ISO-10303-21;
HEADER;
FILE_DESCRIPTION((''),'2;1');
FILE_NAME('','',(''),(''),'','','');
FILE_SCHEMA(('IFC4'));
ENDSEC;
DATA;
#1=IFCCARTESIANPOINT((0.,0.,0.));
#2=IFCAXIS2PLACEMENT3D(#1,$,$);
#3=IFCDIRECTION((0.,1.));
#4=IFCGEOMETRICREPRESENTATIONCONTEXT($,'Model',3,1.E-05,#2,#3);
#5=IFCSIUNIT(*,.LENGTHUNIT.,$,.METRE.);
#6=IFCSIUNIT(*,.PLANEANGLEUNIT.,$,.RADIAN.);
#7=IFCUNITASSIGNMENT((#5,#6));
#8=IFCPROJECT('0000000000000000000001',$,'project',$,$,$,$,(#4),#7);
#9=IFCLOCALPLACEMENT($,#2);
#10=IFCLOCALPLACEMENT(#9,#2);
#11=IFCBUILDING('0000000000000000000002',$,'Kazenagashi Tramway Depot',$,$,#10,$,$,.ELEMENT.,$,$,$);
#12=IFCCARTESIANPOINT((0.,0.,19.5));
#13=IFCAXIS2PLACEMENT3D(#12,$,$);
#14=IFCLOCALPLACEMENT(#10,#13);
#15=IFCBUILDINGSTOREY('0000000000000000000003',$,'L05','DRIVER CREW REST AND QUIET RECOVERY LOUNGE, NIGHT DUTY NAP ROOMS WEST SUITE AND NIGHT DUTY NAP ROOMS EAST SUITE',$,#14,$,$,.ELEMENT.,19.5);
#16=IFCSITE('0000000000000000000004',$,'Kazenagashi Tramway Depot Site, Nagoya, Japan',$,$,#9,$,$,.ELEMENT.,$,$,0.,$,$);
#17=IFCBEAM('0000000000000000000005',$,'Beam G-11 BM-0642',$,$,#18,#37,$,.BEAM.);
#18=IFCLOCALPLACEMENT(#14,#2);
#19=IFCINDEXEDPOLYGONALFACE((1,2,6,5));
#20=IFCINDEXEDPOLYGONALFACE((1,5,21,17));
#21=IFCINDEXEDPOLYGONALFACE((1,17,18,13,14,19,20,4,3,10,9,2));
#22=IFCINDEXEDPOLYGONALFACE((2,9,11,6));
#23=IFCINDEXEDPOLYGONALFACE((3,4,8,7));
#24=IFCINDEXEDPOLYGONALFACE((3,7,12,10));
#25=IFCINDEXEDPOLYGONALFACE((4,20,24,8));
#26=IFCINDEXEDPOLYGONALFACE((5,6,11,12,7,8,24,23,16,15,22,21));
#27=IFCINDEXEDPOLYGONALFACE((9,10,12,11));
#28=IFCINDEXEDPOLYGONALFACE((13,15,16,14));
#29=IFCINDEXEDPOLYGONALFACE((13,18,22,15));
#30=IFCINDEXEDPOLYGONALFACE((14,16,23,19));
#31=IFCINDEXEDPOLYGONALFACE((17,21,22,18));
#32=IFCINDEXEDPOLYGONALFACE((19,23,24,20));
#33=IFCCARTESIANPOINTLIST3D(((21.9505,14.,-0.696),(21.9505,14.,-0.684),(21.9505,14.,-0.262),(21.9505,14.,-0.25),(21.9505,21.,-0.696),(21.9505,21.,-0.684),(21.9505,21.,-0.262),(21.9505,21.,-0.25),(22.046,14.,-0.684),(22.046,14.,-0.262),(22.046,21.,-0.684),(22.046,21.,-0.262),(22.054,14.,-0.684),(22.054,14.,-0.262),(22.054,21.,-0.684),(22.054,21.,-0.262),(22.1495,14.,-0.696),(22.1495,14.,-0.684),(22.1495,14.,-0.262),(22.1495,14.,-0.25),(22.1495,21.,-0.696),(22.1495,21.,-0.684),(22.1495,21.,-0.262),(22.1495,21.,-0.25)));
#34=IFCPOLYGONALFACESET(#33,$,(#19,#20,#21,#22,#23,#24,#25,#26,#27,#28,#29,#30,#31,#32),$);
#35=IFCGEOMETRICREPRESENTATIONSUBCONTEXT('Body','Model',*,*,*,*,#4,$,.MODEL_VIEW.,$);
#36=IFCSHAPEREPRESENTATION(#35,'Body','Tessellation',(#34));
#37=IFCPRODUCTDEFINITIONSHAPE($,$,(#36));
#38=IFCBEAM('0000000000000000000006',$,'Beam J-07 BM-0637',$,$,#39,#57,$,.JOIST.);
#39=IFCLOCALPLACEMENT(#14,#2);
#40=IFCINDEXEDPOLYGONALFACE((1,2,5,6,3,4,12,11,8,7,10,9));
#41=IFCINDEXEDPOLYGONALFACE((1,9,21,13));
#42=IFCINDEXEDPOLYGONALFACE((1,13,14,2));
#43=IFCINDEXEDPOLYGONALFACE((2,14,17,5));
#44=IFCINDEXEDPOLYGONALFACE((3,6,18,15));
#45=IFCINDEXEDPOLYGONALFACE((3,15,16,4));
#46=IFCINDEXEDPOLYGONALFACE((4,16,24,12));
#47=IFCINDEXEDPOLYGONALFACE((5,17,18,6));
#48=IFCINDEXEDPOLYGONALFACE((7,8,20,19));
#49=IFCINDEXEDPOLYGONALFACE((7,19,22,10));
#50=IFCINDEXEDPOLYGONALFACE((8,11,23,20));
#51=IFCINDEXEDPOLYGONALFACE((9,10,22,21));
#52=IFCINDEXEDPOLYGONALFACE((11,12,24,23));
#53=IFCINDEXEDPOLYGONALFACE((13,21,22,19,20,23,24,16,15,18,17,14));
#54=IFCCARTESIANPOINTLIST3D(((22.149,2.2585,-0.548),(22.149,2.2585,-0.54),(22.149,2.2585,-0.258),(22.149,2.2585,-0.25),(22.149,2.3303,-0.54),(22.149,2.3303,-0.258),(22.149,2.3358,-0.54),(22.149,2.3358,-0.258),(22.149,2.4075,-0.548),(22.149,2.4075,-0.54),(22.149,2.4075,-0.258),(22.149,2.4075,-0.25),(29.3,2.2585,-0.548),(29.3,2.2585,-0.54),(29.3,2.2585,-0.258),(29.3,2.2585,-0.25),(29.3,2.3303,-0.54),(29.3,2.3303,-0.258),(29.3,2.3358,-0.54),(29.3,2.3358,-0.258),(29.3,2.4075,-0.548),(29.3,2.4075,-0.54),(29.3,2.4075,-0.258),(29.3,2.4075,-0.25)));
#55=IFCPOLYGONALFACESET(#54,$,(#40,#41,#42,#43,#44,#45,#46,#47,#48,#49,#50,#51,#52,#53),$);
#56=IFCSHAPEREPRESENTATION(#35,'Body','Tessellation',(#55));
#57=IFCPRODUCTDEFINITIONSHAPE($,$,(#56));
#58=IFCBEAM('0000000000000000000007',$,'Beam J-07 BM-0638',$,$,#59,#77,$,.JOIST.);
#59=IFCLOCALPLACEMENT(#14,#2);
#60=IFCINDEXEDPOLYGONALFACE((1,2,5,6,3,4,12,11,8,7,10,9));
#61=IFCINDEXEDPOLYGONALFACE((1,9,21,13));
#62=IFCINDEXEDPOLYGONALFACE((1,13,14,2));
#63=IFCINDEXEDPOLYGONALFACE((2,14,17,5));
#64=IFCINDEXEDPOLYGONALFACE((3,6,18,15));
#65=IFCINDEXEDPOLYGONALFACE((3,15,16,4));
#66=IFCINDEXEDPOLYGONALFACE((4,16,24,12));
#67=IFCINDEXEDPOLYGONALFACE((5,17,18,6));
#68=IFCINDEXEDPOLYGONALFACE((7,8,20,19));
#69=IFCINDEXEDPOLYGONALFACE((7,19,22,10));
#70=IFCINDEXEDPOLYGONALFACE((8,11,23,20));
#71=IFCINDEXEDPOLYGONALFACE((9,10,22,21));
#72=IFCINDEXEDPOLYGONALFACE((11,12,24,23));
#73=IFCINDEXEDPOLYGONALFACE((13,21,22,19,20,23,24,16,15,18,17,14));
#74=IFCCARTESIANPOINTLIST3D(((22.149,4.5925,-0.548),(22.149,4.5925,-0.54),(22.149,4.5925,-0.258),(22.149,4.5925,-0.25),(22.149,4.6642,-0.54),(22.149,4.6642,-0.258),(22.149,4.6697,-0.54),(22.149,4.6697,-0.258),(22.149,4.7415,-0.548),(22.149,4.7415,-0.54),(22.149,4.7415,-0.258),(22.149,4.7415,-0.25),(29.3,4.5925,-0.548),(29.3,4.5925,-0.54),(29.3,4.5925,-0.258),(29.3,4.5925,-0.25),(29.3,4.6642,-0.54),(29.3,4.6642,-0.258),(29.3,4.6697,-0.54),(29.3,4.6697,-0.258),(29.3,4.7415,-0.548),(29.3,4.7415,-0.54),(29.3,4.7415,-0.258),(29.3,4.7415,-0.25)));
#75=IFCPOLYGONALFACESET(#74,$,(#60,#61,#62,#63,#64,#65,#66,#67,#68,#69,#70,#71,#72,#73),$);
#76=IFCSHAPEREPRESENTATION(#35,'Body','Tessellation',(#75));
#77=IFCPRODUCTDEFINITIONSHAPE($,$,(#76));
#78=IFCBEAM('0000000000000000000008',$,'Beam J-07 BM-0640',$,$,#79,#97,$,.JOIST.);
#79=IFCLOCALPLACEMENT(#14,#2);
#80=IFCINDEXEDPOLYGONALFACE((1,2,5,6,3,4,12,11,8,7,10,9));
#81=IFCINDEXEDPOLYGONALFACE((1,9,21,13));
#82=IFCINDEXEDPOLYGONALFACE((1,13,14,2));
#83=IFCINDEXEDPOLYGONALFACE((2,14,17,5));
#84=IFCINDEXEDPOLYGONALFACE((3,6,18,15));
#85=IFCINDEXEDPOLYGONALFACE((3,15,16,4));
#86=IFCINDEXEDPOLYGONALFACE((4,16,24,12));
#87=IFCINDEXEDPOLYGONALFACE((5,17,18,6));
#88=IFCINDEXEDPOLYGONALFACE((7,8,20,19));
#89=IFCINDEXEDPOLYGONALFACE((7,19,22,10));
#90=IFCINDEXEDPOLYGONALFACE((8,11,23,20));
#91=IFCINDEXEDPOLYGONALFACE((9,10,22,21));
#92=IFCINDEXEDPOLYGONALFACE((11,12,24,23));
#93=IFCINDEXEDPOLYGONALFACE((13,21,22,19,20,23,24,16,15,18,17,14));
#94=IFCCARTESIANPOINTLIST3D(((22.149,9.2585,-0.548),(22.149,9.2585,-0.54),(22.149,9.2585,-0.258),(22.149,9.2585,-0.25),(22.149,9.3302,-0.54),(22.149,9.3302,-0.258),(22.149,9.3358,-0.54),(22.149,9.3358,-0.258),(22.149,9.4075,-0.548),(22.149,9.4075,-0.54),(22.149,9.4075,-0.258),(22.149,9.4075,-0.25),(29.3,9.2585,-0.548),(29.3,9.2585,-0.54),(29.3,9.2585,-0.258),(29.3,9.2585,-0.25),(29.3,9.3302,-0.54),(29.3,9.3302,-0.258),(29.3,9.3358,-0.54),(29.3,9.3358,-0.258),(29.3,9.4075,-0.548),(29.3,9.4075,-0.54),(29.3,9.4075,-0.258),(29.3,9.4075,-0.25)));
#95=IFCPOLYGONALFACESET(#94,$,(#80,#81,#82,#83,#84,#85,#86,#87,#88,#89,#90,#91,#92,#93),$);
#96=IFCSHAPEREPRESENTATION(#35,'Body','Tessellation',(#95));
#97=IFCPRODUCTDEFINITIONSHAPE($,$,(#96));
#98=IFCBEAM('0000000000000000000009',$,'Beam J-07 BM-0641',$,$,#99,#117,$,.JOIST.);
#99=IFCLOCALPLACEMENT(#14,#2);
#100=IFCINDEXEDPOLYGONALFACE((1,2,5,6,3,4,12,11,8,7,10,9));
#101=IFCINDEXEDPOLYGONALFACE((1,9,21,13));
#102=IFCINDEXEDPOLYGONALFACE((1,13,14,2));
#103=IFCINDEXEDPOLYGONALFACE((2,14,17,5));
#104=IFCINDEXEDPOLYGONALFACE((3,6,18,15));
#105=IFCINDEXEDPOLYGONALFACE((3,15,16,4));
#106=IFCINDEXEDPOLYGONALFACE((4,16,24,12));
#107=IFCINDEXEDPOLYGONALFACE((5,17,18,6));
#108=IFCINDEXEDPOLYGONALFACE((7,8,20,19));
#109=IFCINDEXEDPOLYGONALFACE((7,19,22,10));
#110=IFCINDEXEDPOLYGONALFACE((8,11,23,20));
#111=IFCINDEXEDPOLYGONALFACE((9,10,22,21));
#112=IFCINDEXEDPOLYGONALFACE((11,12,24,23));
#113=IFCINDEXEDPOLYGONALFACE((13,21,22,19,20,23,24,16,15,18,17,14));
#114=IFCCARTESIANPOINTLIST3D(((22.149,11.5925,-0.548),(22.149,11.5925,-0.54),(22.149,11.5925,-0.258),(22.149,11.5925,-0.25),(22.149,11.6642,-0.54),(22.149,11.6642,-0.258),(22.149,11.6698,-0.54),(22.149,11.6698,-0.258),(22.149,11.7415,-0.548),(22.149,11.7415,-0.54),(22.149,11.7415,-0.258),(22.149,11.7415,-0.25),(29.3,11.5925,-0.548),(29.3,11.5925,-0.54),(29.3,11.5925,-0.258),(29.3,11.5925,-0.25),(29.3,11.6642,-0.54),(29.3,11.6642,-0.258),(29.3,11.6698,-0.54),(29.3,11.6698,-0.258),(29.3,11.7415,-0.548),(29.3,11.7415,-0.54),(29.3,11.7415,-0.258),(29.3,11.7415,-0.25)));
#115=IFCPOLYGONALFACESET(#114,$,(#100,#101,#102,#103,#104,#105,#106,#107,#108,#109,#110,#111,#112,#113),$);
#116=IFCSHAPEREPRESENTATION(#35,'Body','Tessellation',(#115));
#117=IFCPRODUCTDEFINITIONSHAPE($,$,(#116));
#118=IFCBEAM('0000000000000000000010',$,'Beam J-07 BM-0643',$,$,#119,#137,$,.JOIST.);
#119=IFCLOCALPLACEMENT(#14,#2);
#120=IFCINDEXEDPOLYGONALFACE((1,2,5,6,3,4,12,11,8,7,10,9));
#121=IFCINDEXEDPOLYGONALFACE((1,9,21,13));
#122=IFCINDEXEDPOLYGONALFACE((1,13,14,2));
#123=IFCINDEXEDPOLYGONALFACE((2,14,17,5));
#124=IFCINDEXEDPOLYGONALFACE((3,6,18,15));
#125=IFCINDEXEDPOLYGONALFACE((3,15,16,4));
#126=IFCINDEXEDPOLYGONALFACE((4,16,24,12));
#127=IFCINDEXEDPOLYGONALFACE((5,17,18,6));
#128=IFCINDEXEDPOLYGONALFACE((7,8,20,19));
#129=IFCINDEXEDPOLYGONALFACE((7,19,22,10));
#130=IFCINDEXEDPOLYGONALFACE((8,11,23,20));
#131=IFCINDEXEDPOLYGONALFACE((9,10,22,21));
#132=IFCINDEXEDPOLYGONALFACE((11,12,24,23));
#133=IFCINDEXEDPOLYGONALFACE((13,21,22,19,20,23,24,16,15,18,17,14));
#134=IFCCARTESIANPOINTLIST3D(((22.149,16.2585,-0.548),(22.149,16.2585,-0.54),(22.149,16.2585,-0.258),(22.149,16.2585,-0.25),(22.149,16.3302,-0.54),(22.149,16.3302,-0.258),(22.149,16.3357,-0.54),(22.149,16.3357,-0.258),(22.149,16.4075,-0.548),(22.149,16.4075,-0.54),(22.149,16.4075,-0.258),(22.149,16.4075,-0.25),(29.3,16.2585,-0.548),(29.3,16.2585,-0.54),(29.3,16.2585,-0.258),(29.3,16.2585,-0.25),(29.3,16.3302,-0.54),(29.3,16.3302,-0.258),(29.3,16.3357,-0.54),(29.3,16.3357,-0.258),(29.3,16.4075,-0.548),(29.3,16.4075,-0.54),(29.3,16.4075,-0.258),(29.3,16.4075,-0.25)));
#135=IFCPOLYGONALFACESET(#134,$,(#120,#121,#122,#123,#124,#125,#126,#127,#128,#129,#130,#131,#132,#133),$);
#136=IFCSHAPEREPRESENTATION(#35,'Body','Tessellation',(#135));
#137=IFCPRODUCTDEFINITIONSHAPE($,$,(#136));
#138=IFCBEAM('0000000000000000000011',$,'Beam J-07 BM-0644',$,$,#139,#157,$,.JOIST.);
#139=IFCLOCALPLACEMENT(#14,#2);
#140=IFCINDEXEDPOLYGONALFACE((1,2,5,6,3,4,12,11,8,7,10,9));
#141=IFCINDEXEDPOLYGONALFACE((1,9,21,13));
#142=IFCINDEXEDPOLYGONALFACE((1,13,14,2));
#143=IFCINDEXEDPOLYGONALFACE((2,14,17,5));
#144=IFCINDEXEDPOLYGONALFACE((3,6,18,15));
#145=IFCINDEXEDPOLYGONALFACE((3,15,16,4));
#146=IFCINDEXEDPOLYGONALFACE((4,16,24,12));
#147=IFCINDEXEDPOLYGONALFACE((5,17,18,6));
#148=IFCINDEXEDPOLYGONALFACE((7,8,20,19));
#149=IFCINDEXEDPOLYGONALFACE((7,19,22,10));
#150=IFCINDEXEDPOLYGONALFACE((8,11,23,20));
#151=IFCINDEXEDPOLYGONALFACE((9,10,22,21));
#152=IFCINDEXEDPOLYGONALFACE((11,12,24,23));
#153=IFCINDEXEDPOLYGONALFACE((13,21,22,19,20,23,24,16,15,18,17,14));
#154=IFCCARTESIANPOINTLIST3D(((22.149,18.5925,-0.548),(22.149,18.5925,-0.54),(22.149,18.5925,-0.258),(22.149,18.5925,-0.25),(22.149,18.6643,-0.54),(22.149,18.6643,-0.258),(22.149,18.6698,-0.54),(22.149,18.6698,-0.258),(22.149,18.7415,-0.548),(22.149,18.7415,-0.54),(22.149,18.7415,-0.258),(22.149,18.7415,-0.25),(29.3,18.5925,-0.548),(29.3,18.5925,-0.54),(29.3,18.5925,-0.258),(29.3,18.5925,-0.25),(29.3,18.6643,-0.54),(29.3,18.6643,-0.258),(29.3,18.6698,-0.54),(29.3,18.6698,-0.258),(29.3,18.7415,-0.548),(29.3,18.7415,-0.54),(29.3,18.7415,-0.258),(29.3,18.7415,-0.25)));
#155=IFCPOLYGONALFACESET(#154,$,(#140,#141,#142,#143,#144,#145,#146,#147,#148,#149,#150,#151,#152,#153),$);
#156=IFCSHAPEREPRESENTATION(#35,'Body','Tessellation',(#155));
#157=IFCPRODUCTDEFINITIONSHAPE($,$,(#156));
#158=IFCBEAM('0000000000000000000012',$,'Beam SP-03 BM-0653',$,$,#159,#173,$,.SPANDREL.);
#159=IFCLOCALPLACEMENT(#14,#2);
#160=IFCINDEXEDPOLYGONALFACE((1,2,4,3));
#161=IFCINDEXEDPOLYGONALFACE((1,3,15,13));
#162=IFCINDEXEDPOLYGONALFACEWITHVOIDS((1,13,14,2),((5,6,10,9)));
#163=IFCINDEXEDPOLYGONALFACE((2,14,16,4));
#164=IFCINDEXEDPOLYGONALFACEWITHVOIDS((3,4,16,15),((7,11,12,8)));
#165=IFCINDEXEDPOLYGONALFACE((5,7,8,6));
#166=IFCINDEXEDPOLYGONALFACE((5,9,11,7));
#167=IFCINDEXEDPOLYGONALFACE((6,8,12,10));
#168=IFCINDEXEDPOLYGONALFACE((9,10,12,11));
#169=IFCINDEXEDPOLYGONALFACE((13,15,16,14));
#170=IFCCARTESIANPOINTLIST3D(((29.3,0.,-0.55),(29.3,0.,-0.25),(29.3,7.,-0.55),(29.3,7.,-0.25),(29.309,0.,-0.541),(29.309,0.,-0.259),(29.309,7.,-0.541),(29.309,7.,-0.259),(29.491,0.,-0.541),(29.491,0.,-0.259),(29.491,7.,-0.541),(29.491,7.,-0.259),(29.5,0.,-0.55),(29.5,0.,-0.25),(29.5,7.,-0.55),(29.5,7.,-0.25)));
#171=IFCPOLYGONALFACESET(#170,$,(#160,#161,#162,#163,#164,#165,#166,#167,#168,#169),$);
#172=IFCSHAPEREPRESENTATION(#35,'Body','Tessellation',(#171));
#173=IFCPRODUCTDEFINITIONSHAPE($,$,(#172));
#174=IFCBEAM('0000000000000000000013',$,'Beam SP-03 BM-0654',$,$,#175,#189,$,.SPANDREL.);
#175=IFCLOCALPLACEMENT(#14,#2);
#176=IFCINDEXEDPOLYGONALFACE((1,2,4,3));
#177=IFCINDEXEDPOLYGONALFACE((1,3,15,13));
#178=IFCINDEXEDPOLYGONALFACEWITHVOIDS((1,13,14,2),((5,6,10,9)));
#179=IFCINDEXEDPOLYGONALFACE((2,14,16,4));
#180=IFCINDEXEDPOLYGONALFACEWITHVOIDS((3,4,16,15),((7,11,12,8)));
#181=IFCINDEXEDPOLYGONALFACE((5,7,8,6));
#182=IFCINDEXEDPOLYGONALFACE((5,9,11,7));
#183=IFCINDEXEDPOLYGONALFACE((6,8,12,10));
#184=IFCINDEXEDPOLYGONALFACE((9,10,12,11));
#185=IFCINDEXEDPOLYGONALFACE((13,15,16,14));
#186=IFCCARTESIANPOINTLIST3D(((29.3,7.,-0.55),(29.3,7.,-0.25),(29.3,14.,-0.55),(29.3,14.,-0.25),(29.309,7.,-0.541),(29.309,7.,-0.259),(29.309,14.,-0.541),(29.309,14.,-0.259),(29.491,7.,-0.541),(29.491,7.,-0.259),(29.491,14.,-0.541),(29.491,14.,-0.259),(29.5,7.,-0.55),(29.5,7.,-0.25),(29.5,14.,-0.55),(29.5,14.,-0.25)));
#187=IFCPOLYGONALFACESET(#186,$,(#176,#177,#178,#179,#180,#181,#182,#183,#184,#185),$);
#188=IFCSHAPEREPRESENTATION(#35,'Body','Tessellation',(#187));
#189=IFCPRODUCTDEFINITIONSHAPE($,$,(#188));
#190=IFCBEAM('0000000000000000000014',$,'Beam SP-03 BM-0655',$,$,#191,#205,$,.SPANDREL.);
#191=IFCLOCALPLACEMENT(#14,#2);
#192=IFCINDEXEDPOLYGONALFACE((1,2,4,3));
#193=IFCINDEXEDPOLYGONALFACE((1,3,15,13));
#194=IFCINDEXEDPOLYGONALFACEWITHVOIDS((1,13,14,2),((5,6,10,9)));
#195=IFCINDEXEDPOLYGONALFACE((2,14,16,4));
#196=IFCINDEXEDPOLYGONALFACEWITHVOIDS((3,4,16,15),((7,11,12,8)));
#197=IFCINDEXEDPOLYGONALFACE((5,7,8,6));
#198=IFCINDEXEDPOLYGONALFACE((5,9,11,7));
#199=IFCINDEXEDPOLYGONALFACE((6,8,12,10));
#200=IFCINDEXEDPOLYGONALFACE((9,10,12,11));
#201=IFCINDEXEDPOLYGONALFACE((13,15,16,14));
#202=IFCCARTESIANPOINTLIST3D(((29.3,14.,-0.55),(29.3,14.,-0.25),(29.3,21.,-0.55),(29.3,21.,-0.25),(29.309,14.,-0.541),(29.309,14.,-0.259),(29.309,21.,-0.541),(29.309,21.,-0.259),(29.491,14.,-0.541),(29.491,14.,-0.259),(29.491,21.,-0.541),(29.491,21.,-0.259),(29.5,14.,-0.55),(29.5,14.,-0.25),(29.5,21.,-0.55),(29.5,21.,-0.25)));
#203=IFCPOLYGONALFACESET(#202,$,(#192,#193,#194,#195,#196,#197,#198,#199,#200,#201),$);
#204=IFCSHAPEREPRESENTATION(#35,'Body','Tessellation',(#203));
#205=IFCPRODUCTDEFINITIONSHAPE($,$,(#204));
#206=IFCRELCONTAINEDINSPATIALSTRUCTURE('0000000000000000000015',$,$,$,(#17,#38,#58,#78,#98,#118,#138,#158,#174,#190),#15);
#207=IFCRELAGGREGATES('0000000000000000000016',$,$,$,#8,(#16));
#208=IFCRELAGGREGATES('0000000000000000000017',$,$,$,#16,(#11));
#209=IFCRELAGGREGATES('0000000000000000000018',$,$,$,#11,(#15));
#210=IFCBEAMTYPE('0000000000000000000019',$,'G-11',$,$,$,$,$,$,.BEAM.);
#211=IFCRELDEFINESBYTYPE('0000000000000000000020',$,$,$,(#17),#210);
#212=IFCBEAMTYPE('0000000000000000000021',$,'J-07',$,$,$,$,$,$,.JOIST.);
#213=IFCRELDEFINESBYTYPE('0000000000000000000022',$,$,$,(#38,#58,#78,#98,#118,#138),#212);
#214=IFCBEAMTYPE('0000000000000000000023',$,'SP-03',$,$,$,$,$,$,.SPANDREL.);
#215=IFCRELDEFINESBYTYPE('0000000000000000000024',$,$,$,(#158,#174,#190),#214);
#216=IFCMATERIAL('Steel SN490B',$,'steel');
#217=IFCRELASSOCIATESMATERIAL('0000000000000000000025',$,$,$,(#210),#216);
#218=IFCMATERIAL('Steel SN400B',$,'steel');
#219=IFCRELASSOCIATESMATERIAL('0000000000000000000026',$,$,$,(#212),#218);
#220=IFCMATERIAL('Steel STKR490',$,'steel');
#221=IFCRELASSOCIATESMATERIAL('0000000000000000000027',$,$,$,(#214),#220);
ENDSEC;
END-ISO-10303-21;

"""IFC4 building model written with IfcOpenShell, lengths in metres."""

from ifc_helpers import new_model, si_unit, direction, frame, origin, origin_2d, place, context, subcontext, project, spatial, hollow_rectangle, i_section, extrude, material, material_profile, profile_set, type_object, element, save


model = new_model("IFC4")

# Units and contexts
model_context = context("Model", 3, precision=1e-05, world=origin(), true_north=direction((0.0, 1.0)))
body_context = subcontext(model_context, "Body", "Model", "MODEL_VIEW")
ifc_project = project(units=[si_unit("LENGTHUNIT", "METRE"), si_unit("PLANEANGLEUNIT", "RADIAN")], contexts=[model_context])

# Site, building, storey
site_placement = place(None, origin())
site = spatial("IfcSite", under=ifc_project, at=site_placement, Name="Kazenagashi Tramway Depot Site, Nagoya, Japan", CompositionType="ELEMENT", RefElevation=0.0)
building_placement = place(site_placement, origin())
building = spatial("IfcBuilding", under=site, at=building_placement, Name="Kazenagashi Tramway Depot", CompositionType="ELEMENT")
storey_placement = place(building_placement, frame((0.0, 0.0, 19.5)))
storey = spatial("IfcBuildingStorey", under=building, at=storey_placement, Name="L05", Description="DRIVER CREW REST AND QUIET RECOVERY LOUNGE, NIGHT DUTY NAP ROOMS WEST SUITE AND NIGHT DUTY NAP ROOMS EAST SUITE", CompositionType="ELEMENT", Elevation=19.5)

# Shared definitions
ifc_material_1 = material(Name="Steel SN400B", Category="steel")

# Beams
ifc_material_2 = material(Name="Steel SN490B", Category="steel")
ifc_material_profile_1 = material_profile(ifc_material_2, i_section(OverallWidth=0.199, OverallDepth=0.446, WebThickness=0.008, FlangeThickness=0.012, at=origin_2d()), Name="H-446x199x8x12")
ifc_profile_set_1 = profile_set([ifc_material_profile_1], Name="Steel SN490B")
beam_type_1 = type_object("IfcBeamType", Name="G-11", PredefinedType="BEAM", material=ifc_profile_set_1)
for number, where, z_axis, x_axis, name in (
    (1, (22.05, 14.0, -0.473), (0.0, 1.0, 0.0), (-1.0, 0.0, 0.0), "Beam G-11 BM-0642"),
):
    element("IfcBeam", number, at=place(storey_placement, frame(where, z_axis=z_axis, x_axis=x_axis)), inside=storey, type_object=beam_type_1, Name=name, PredefinedType="BEAM", context=body_context, shape_type="SweptSolid", body=[
        extrude(i_section(OverallWidth=0.199, OverallDepth=0.446, WebThickness=0.008, FlangeThickness=0.012, at=origin_2d()), origin(), (0.0, 0.0, 1.0), 7.0),
    ])
ifc_material_profile_2 = material_profile(ifc_material_1, i_section(OverallWidth=0.149, OverallDepth=0.298, WebThickness=0.0055, FlangeThickness=0.008, at=origin_2d()), Name="H-298x149x5.5x8")
ifc_profile_set_2 = profile_set([ifc_material_profile_2], Name="Steel SN400B")
beam_type_2 = type_object("IfcBeamType", Name="J-07", PredefinedType="JOIST", material=ifc_profile_set_2)
for number, where, z_axis, x_axis, name in (
    (2, (22.149, 2.333, -0.399), (1.0, 0.0, 0.0), (0.0, 1.0, 0.0), "Beam J-07 BM-0637"),
    (3, (22.149, 4.667, -0.399), (1.0, 0.0, 0.0), (0.0, 1.0, 0.0), "Beam J-07 BM-0638"),
    (4, (22.149, 9.333, -0.399), (1.0, 0.0, 0.0), (0.0, 1.0, 0.0), "Beam J-07 BM-0640"),
    (5, (22.149, 11.667, -0.399), (1.0, 0.0, 0.0), (0.0, 1.0, 0.0), "Beam J-07 BM-0641"),
    (6, (22.149, 16.333, -0.399), (1.0, 0.0, 0.0), (0.0, 1.0, 0.0), "Beam J-07 BM-0643"),
    (7, (22.149, 18.667, -0.399), (1.0, 0.0, 0.0), (0.0, 1.0, 0.0), "Beam J-07 BM-0644"),
):
    element("IfcBeam", number, at=place(storey_placement, frame(where, z_axis=z_axis, x_axis=x_axis)), inside=storey, type_object=beam_type_2, Name=name, PredefinedType="JOIST", context=body_context, shape_type="SweptSolid", body=[
        extrude(i_section(OverallWidth=0.149, OverallDepth=0.298, WebThickness=0.0055, FlangeThickness=0.008, at=origin_2d()), origin(), (0.0, 0.0, 1.0), 7.151),
    ])
ifc_material_3 = material(Name="Steel STKR490", Category="steel")
ifc_material_profile_3 = material_profile(ifc_material_3, hollow_rectangle(XDim=0.2, YDim=0.3, WallThickness=0.009, at=origin_2d()), Name="RHS-300x200x9")
ifc_profile_set_3 = profile_set([ifc_material_profile_3], Name="Steel STKR490")
beam_type_3 = type_object("IfcBeamType", Name="SP-03", PredefinedType="SPANDREL", material=ifc_profile_set_3)
for number, where, z_axis, x_axis, name in (
    (8, (29.4, 0.0, -0.4), (0.0, 1.0, 0.0), (-1.0, 0.0, 0.0), "Beam SP-03 BM-0653"),
    (9, (29.4, 7.0, -0.4), (0.0, 1.0, 0.0), (-1.0, 0.0, 0.0), "Beam SP-03 BM-0654"),
    (10, (29.4, 14.0, -0.4), (0.0, 1.0, 0.0), (-1.0, 0.0, 0.0), "Beam SP-03 BM-0655"),
):
    element("IfcBeam", number, at=place(storey_placement, frame(where, z_axis=z_axis, x_axis=x_axis)), inside=storey, type_object=beam_type_3, Name=name, PredefinedType="SPANDREL", context=body_context, shape_type="SweptSolid", body=[
        extrude(hollow_rectangle(XDim=0.2, YDim=0.3, WallThickness=0.009, at=origin_2d()), origin(), (0.0, 0.0, 1.0), 7.0),
    ])

save(model, "model.ifc")
